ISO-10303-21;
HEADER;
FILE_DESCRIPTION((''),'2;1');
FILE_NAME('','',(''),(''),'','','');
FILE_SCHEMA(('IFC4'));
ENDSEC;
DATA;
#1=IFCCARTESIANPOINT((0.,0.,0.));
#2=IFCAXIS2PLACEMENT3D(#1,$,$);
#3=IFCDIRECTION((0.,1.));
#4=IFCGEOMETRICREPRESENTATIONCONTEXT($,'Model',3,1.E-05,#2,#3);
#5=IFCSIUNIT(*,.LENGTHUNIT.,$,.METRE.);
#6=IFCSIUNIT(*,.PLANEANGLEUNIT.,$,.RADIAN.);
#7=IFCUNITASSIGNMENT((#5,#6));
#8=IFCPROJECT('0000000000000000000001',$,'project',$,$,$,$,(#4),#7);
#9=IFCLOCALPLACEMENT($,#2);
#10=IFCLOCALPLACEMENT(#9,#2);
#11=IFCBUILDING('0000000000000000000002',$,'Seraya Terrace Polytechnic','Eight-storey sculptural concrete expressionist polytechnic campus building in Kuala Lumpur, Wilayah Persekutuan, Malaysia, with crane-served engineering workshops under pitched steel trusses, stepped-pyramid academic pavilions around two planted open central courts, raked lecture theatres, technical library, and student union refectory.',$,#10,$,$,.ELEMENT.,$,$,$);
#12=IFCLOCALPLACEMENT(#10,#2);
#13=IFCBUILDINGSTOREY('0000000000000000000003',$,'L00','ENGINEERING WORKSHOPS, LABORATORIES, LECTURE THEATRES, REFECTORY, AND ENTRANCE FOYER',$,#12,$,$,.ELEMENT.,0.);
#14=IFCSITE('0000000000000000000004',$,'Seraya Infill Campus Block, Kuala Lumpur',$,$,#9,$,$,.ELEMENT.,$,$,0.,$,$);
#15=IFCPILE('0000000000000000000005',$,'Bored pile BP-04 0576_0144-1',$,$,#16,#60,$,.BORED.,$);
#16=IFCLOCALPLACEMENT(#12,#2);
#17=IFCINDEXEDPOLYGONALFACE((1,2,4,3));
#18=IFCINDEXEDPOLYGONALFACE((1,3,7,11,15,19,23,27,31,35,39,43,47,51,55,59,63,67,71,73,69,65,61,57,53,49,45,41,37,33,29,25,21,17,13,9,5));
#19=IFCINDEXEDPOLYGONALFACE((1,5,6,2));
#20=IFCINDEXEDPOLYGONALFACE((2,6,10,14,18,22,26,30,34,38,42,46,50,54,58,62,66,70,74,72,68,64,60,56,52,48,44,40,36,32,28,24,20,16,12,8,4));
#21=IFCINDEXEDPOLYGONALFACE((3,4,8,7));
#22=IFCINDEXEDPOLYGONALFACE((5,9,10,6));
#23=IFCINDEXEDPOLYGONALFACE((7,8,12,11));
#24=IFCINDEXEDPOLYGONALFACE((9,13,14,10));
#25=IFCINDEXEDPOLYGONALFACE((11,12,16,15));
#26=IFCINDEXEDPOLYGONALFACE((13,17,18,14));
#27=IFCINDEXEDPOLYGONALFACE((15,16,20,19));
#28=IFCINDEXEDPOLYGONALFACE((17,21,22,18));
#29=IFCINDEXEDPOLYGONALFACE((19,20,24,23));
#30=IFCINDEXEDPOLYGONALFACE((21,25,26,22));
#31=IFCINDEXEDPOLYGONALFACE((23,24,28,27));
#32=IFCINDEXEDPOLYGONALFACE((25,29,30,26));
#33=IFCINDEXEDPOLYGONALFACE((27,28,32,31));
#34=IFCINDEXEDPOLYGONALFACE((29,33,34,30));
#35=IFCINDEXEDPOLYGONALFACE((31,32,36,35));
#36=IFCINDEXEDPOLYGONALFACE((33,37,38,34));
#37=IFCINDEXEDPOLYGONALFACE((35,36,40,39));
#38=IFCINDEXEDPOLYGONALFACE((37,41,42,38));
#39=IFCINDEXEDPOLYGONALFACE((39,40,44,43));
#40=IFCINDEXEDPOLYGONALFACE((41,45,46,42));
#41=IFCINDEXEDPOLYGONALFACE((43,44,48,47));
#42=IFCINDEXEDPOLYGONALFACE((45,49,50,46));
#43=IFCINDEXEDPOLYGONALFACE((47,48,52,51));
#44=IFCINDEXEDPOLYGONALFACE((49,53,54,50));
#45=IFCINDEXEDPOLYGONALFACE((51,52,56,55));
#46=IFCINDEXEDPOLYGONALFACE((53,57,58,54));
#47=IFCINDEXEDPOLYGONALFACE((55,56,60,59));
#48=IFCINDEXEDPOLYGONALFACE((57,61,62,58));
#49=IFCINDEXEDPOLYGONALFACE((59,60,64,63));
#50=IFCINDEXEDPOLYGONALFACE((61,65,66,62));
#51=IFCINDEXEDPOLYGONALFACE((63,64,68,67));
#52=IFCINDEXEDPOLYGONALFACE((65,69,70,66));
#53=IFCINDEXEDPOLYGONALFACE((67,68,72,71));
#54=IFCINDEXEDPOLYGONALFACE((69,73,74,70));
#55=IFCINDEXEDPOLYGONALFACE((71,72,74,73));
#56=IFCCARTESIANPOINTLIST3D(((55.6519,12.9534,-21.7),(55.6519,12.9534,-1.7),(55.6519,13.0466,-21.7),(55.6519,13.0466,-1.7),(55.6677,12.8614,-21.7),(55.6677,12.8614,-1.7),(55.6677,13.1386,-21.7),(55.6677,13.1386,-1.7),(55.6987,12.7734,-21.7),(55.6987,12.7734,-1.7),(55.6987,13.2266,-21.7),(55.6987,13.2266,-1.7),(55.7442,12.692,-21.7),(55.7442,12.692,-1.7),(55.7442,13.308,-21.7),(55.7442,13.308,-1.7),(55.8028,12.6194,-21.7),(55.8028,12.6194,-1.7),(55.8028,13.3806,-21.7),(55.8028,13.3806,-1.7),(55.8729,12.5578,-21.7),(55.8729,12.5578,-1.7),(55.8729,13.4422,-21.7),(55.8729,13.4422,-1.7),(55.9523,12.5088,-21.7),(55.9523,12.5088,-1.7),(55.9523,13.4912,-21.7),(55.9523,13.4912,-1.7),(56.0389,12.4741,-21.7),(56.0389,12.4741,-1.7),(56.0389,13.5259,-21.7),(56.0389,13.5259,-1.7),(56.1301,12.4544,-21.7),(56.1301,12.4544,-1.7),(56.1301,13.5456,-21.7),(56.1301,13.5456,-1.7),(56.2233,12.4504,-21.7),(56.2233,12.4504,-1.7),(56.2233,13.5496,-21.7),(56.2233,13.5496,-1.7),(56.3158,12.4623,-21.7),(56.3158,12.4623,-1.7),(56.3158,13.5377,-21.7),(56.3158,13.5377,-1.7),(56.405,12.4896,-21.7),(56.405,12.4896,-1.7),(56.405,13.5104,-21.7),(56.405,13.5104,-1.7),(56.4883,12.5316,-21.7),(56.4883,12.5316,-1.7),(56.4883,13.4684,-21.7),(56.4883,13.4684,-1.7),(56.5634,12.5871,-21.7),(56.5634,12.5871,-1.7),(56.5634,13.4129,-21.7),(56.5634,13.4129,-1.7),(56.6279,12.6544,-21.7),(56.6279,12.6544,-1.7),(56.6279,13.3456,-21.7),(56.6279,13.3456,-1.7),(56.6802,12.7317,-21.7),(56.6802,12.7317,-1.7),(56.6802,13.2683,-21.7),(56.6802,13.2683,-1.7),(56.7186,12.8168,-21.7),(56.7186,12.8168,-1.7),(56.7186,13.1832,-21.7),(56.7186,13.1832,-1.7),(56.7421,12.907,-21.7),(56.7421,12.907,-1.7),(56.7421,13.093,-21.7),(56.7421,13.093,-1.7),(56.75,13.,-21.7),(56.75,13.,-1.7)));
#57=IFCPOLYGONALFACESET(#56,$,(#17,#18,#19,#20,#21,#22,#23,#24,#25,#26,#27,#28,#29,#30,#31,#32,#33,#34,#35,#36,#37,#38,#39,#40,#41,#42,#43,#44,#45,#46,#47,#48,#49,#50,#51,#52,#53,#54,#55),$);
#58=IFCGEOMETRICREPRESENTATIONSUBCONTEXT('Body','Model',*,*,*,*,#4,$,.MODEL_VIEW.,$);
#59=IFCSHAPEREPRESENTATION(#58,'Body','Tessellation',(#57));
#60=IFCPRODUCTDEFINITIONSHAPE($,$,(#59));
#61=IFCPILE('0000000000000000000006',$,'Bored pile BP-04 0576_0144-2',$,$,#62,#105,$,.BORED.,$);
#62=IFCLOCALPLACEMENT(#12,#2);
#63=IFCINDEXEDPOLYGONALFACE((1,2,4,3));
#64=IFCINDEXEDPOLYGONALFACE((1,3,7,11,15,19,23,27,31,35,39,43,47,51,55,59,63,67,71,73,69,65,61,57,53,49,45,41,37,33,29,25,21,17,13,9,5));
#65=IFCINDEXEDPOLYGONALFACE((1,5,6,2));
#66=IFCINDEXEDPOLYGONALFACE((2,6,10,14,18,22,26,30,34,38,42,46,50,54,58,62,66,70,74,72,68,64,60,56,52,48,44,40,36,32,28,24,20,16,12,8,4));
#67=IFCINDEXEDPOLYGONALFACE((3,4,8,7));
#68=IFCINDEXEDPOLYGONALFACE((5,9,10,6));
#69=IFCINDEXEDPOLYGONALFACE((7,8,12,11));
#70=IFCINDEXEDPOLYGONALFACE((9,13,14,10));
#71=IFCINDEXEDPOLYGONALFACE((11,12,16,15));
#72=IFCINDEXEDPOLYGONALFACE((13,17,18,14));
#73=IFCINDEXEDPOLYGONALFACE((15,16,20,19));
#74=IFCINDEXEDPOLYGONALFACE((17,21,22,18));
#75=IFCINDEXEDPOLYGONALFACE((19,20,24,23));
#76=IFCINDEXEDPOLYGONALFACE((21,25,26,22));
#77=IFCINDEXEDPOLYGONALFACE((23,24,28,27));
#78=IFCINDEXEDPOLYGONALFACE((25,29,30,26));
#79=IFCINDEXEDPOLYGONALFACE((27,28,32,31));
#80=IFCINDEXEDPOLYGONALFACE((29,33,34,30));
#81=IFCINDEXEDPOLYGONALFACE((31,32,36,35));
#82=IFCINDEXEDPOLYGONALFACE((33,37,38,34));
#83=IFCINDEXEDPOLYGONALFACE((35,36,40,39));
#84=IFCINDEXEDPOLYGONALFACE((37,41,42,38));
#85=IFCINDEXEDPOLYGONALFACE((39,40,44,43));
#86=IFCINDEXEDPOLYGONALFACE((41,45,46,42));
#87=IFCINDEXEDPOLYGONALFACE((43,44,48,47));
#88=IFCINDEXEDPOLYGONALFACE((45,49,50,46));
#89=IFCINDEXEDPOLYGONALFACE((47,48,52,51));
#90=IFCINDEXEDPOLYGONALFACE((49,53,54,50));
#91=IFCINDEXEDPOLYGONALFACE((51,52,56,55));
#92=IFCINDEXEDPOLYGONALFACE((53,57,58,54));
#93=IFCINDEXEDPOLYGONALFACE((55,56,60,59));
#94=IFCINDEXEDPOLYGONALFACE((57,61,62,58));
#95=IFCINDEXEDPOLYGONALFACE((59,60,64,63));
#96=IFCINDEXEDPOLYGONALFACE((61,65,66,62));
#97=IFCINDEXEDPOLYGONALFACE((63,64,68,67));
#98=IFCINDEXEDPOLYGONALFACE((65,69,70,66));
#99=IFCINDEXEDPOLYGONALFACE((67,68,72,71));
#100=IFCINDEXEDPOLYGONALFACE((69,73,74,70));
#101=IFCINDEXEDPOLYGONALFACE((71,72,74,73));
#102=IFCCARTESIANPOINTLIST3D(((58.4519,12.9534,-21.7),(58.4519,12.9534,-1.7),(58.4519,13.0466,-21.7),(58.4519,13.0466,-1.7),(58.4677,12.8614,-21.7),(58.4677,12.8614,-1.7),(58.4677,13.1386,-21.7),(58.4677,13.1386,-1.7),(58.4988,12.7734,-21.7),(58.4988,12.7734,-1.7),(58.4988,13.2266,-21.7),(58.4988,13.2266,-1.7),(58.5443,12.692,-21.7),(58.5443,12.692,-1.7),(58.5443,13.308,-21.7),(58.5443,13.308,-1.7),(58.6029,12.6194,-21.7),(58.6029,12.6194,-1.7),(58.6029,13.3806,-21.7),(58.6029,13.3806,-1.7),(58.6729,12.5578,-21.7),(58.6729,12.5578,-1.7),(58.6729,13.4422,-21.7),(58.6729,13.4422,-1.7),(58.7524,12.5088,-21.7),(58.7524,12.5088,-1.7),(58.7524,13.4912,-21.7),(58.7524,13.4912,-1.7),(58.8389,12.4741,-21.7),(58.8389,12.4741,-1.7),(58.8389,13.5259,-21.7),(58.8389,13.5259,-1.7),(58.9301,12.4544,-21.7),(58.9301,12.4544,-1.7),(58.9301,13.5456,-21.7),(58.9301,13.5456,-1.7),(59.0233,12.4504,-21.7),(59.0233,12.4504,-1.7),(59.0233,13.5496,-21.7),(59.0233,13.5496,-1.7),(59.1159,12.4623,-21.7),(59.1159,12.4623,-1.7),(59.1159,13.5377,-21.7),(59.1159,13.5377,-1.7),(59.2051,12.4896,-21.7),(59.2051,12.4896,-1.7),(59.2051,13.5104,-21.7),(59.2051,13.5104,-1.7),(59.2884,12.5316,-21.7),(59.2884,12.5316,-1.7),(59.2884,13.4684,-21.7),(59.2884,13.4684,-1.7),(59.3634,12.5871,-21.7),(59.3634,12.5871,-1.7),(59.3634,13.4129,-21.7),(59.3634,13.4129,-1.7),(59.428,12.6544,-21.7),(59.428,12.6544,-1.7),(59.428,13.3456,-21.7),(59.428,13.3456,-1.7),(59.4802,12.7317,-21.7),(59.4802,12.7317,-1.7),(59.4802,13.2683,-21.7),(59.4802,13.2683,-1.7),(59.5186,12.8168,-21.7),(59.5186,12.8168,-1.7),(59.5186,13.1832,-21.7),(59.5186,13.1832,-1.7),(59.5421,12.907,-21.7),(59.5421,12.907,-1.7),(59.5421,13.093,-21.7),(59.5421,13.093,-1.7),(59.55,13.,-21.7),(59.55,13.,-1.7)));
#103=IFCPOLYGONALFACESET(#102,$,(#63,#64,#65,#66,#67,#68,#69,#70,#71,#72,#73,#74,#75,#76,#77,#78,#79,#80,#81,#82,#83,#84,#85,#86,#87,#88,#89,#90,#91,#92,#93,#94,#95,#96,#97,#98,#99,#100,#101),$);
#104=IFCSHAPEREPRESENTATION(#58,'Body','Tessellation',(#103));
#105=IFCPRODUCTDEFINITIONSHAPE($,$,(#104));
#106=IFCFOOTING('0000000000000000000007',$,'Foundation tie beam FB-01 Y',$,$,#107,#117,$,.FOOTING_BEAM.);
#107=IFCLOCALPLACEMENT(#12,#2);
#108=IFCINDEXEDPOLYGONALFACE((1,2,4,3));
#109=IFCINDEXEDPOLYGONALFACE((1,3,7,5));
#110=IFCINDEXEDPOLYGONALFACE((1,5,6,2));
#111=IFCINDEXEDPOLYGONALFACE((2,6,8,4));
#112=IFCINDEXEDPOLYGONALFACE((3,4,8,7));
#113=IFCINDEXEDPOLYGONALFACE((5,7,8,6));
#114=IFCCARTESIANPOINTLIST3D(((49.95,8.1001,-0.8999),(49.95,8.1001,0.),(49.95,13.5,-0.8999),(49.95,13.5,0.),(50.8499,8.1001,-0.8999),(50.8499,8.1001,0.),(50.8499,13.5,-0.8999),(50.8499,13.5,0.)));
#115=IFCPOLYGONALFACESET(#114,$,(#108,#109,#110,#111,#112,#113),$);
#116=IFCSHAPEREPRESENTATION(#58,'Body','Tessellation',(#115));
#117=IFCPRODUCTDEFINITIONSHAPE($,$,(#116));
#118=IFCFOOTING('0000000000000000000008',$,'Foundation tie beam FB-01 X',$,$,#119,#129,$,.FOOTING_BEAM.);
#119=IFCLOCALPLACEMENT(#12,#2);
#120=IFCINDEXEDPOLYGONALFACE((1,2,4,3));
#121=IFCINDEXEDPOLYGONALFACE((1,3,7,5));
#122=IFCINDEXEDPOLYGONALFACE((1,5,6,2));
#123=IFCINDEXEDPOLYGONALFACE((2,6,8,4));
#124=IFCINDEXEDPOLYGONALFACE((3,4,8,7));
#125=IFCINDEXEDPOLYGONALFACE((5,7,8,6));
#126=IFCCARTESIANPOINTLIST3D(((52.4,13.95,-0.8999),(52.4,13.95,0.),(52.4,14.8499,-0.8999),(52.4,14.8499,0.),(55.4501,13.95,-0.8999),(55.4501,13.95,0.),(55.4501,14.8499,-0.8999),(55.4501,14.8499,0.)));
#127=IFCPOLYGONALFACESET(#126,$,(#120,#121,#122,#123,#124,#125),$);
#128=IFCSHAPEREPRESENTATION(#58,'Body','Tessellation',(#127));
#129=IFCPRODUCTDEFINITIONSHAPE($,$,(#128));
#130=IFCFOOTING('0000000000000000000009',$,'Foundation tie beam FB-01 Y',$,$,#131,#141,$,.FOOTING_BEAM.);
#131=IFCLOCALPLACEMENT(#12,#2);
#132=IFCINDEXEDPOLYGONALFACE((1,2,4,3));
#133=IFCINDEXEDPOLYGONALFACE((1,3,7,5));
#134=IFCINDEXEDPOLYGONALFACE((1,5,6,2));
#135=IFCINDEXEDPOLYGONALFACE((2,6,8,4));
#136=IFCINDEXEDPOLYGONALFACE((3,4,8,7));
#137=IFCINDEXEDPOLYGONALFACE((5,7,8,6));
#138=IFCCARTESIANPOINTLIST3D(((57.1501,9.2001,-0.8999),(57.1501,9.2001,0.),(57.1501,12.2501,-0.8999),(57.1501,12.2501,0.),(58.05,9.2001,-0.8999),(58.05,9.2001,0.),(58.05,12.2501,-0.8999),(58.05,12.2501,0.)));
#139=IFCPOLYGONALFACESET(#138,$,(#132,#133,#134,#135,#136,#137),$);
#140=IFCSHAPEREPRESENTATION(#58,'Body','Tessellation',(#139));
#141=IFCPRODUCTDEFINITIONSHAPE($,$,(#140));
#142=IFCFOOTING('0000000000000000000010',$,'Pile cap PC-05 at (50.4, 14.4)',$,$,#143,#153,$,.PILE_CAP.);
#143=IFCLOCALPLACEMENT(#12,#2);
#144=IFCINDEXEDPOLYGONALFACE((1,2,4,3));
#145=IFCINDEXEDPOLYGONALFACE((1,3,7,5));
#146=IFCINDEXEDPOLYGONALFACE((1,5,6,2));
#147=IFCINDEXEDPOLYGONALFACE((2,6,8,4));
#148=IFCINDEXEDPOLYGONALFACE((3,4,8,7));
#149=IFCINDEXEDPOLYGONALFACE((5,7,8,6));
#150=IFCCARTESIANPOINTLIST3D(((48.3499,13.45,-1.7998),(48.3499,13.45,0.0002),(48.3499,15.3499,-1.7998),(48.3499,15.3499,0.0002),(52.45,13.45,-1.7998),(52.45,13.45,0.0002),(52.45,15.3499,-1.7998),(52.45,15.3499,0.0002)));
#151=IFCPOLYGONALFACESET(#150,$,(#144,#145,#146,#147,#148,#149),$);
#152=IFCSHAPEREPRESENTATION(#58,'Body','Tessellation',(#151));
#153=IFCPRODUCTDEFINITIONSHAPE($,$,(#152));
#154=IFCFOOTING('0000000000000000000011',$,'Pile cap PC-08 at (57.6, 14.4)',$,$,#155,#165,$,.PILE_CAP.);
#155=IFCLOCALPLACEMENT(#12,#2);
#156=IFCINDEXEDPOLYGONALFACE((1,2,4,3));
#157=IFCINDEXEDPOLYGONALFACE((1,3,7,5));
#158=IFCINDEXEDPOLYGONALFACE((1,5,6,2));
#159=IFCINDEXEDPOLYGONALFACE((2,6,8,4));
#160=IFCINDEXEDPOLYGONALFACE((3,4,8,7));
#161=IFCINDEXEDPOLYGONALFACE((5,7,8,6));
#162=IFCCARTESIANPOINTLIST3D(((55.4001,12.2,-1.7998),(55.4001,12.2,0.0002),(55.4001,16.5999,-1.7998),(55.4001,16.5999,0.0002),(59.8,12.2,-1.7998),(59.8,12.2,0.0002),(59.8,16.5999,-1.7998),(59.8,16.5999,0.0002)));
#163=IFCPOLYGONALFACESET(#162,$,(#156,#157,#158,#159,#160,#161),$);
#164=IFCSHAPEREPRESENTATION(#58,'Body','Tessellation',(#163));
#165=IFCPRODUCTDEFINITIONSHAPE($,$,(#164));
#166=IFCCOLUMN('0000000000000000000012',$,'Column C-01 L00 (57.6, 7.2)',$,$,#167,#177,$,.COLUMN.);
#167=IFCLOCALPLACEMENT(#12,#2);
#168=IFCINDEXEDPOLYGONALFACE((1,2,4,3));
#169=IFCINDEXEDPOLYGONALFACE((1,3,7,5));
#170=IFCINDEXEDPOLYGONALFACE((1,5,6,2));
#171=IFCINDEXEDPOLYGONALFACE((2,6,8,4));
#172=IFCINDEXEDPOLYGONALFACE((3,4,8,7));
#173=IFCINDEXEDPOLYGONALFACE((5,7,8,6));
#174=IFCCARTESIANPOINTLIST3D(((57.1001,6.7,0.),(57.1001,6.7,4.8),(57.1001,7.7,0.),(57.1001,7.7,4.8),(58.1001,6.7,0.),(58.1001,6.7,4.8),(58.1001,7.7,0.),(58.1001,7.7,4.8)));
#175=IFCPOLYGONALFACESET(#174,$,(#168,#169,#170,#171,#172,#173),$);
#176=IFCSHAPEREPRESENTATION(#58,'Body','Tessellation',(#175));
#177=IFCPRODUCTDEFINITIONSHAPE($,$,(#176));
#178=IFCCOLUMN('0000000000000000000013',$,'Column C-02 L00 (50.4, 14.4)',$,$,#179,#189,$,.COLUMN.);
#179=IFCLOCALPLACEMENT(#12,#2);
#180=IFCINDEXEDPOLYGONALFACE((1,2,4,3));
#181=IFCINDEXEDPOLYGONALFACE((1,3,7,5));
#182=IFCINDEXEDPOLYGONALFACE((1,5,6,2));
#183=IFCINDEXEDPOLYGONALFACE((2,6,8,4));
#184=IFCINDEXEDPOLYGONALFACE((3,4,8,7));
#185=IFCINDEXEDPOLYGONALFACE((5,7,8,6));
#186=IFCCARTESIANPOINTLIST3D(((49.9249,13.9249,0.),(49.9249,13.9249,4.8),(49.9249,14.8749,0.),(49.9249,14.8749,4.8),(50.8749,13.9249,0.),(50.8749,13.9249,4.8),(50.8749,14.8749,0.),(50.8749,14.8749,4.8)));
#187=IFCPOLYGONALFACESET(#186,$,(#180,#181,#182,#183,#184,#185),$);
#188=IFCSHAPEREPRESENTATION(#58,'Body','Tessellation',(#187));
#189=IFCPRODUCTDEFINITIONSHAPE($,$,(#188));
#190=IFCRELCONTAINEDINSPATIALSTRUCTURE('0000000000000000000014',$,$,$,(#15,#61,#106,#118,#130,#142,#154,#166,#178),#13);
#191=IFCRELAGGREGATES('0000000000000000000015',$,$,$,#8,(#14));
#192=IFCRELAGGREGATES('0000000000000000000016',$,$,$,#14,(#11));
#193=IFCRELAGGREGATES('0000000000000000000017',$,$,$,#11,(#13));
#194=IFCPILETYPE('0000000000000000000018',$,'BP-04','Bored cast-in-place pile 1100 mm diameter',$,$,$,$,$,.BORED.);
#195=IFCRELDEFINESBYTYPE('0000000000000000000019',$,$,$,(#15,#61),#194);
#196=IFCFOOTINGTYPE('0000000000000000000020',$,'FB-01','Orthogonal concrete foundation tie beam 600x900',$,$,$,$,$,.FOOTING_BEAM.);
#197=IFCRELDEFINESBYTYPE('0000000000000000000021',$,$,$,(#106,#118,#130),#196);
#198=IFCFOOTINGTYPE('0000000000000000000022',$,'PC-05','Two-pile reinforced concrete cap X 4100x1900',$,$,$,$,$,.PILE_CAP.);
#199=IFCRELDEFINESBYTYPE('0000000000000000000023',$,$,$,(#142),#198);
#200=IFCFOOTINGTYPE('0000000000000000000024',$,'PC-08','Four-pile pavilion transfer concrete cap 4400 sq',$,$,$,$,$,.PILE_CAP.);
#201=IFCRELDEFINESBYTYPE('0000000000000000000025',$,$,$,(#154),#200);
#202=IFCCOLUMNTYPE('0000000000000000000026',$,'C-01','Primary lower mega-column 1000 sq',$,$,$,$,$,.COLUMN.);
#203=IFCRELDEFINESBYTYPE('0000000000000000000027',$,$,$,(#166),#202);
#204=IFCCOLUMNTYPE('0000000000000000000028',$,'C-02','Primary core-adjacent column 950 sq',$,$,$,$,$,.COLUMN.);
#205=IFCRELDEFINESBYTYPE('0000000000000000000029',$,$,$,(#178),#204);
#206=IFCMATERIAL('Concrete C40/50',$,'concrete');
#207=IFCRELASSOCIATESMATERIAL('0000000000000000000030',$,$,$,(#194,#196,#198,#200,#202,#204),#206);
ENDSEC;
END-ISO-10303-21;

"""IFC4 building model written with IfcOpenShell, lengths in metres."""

from ifc_helpers import new_model, si_unit, direction, frame, origin, origin_2d, place, context, subcontext, project, spatial, rectangle, circle, extrude, material, material_profile, profile_set, type_object, element, save


model = new_model("IFC4")

# Units and contexts
model_context = context("Model", 3, precision=1e-05, world=origin(), true_north=direction((0.0, 1.0)))
body_context = subcontext(model_context, "Body", "Model", "MODEL_VIEW")
ifc_project = project(units=[si_unit("LENGTHUNIT", "METRE"), si_unit("PLANEANGLEUNIT", "RADIAN")], contexts=[model_context])

# Site, building, storey
site_placement = place(None, origin())
site = spatial("IfcSite", under=ifc_project, at=site_placement, Name="Seraya Infill Campus Block, Kuala Lumpur", CompositionType="ELEMENT", RefElevation=0.0)
building_placement = place(site_placement, origin())
building = spatial("IfcBuilding", under=site, at=building_placement, Name="Seraya Terrace Polytechnic", Description="Eight-storey sculptural concrete expressionist polytechnic campus building in Kuala Lumpur, Wilayah Persekutuan, Malaysia, with crane-served engineering workshops under pitched steel trusses, stepped-pyramid academic pavilions around two planted open central courts, raked lecture theatres, technical library, and student union refectory.", CompositionType="ELEMENT")
storey_placement = place(building_placement, origin())
storey = spatial("IfcBuildingStorey", under=building, at=storey_placement, Name="L00", Description="ENGINEERING WORKSHOPS, LABORATORIES, LECTURE THEATRES, REFECTORY, AND ENTRANCE FOYER", CompositionType="ELEMENT", Elevation=0.0)

# Piles
ifc_material_1 = material(Name="Concrete C40/50", Category="concrete")
ifc_material_profile_1 = material_profile(ifc_material_1, circle(Radius=0.55, at=origin_2d()), Name="DIA 1100")
ifc_profile_set_1 = profile_set([ifc_material_profile_1], Name="Concrete C40/50")
pile_type_1 = type_object("IfcPileType", Name="BP-04", Description="Bored cast-in-place pile 1100 mm diameter", PredefinedType="BORED", material=ifc_profile_set_1)
for number, where, z_axis, x_axis, name in (
    (1, (56.2, 13.0, -1.7), (0.0, 0.0, -1.0), (1.0, 0.0, 0.0), "Bored pile BP-04 0576_0144-1"),
    (2, (59.0, 13.0, -1.7), (0.0, 0.0, -1.0), (1.0, 0.0, 0.0), "Bored pile BP-04 0576_0144-2"),
):
    element("IfcPile", number, at=place(storey_placement, frame(where, z_axis=z_axis, x_axis=x_axis)), inside=storey, type_object=pile_type_1, Name=name, PredefinedType="BORED", context=body_context, shape_type="SweptSolid", body=[
        extrude(circle(Radius=0.55, at=origin_2d()), origin(), (0.0, 0.0, 1.0), 20.0),
    ])

# Footings
footing_type_1 = type_object("IfcFootingType", Name="FB-01", Description="Orthogonal concrete foundation tie beam 600x900", PredefinedType="FOOTING_BEAM", material=ifc_material_1)
footing_1_placement = place(storey_placement, frame((50.3999, 10.8, -0.8999), z_axis=(0.0, 0.0, 1.0), x_axis=(0.0, 1.0, 0.0)))
element("IfcFooting", 3, at=footing_1_placement, inside=storey, type_object=footing_type_1, Name="Foundation tie beam FB-01 Y", PredefinedType="FOOTING_BEAM", context=body_context, shape_type="SweptSolid", body=[
    extrude(rectangle(XDim=5.3999, YDim=0.8999, at=origin_2d()), origin(), (0.0, 0.0, 1.0), 0.8999),
])
for number, where, z_axis, x_axis, name in (
    (4, (53.925, 14.3999, -0.8999), (0.0, 0.0, 1.0), (1.0, 0.0, 0.0), "Foundation tie beam FB-01 X"),
    (5, (57.6001, 10.7251, -0.8999), (0.0, 0.0, 1.0), (0.0, 1.0, 0.0), "Foundation tie beam FB-01 Y"),
):
    element("IfcFooting", number, at=place(storey_placement, frame(where, z_axis=z_axis, x_axis=x_axis)), inside=storey, type_object=footing_type_1, Name=name, PredefinedType="FOOTING_BEAM", context=body_context, shape_type="SweptSolid", body=[
        extrude(rectangle(XDim=3.05, YDim=0.8999, at=origin_2d()), origin(), (0.0, 0.0, 1.0), 0.8999),
    ])
footing_type_2 = type_object("IfcFootingType", Name="PC-05", Description="Two-pile reinforced concrete cap X 4100x1900", PredefinedType="PILE_CAP", material=ifc_material_1)
footing_2_placement = place(storey_placement, frame((50.3999, 14.3999, -1.7998), z_axis=(0.0, 0.0, 1.0), x_axis=(1.0, 0.0, 0.0)))
element("IfcFooting", 6, at=footing_2_placement, inside=storey, type_object=footing_type_2, Name="Pile cap PC-05 at (50.4, 14.4)", PredefinedType="PILE_CAP", context=body_context, shape_type="SweptSolid", body=[
    extrude(rectangle(XDim=4.1001, YDim=1.8999, at=origin_2d()), origin(), (0.0, 0.0, 1.0), 1.8),
])
footing_type_3 = type_object("IfcFootingType", Name="PC-08", Description="Four-pile pavilion transfer concrete cap 4400 sq", PredefinedType="PILE_CAP", material=ifc_material_1)
footing_3_placement = place(storey_placement, frame((57.6001, 14.3999, -1.7998), z_axis=(0.0, 0.0, 1.0), x_axis=(1.0, 0.0, 0.0)))
element("IfcFooting", 7, at=footing_3_placement, inside=storey, type_object=footing_type_3, Name="Pile cap PC-08 at (57.6, 14.4)", PredefinedType="PILE_CAP", context=body_context, shape_type="SweptSolid", body=[
    extrude(rectangle(XDim=4.3999, YDim=4.3999, at=origin_2d()), origin(), (0.0, 0.0, 1.0), 1.8),
])

# Columns
ifc_material_profile_2 = material_profile(ifc_material_1, rectangle(XDim=1.0, YDim=1.0, at=origin_2d()), Name="RC 1000x1000")
ifc_profile_set_2 = profile_set([ifc_material_profile_2], Name="Concrete C40/50")
column_type_1 = type_object("IfcColumnType", Name="C-01", Description="Primary lower mega-column 1000 sq", PredefinedType="COLUMN", material=ifc_profile_set_2)
column_1_placement = place(storey_placement, frame((57.6001, 7.2, 0.0), z_axis=(0.0, 0.0, 1.0), x_axis=(1.0, 0.0, 0.0)))
element("IfcColumn", 8, at=column_1_placement, inside=storey, type_object=column_type_1, Name="Column C-01 L00 (57.6, 7.2)", PredefinedType="COLUMN", context=body_context, shape_type="SweptSolid", body=[
    extrude(rectangle(XDim=1.0, YDim=1.0, at=origin_2d()), origin(), (0.0, 0.0, 1.0), 4.8),
])
ifc_material_profile_3 = material_profile(ifc_material_1, rectangle(XDim=0.95, YDim=0.95, at=origin_2d()), Name="RC 950x950")
ifc_profile_set_3 = profile_set([ifc_material_profile_3], Name="Concrete C40/50")
column_type_2 = type_object("IfcColumnType", Name="C-02", Description="Primary core-adjacent column 950 sq", PredefinedType="COLUMN", material=ifc_profile_set_3)
column_2_placement = place(storey_placement, frame((50.3999, 14.3999, 0.0), z_axis=(0.0, 0.0, 1.0), x_axis=(1.0, 0.0, 0.0)))
element("IfcColumn", 9, at=column_2_placement, inside=storey, type_object=column_type_2, Name="Column C-02 L00 (50.4, 14.4)", PredefinedType="COLUMN", context=body_context, shape_type="SweptSolid", body=[
    extrude(rectangle(XDim=0.95, YDim=0.95, at=origin_2d()), origin(), (0.0, 0.0, 1.0), 4.8),
])

save(model, "model.ifc")
